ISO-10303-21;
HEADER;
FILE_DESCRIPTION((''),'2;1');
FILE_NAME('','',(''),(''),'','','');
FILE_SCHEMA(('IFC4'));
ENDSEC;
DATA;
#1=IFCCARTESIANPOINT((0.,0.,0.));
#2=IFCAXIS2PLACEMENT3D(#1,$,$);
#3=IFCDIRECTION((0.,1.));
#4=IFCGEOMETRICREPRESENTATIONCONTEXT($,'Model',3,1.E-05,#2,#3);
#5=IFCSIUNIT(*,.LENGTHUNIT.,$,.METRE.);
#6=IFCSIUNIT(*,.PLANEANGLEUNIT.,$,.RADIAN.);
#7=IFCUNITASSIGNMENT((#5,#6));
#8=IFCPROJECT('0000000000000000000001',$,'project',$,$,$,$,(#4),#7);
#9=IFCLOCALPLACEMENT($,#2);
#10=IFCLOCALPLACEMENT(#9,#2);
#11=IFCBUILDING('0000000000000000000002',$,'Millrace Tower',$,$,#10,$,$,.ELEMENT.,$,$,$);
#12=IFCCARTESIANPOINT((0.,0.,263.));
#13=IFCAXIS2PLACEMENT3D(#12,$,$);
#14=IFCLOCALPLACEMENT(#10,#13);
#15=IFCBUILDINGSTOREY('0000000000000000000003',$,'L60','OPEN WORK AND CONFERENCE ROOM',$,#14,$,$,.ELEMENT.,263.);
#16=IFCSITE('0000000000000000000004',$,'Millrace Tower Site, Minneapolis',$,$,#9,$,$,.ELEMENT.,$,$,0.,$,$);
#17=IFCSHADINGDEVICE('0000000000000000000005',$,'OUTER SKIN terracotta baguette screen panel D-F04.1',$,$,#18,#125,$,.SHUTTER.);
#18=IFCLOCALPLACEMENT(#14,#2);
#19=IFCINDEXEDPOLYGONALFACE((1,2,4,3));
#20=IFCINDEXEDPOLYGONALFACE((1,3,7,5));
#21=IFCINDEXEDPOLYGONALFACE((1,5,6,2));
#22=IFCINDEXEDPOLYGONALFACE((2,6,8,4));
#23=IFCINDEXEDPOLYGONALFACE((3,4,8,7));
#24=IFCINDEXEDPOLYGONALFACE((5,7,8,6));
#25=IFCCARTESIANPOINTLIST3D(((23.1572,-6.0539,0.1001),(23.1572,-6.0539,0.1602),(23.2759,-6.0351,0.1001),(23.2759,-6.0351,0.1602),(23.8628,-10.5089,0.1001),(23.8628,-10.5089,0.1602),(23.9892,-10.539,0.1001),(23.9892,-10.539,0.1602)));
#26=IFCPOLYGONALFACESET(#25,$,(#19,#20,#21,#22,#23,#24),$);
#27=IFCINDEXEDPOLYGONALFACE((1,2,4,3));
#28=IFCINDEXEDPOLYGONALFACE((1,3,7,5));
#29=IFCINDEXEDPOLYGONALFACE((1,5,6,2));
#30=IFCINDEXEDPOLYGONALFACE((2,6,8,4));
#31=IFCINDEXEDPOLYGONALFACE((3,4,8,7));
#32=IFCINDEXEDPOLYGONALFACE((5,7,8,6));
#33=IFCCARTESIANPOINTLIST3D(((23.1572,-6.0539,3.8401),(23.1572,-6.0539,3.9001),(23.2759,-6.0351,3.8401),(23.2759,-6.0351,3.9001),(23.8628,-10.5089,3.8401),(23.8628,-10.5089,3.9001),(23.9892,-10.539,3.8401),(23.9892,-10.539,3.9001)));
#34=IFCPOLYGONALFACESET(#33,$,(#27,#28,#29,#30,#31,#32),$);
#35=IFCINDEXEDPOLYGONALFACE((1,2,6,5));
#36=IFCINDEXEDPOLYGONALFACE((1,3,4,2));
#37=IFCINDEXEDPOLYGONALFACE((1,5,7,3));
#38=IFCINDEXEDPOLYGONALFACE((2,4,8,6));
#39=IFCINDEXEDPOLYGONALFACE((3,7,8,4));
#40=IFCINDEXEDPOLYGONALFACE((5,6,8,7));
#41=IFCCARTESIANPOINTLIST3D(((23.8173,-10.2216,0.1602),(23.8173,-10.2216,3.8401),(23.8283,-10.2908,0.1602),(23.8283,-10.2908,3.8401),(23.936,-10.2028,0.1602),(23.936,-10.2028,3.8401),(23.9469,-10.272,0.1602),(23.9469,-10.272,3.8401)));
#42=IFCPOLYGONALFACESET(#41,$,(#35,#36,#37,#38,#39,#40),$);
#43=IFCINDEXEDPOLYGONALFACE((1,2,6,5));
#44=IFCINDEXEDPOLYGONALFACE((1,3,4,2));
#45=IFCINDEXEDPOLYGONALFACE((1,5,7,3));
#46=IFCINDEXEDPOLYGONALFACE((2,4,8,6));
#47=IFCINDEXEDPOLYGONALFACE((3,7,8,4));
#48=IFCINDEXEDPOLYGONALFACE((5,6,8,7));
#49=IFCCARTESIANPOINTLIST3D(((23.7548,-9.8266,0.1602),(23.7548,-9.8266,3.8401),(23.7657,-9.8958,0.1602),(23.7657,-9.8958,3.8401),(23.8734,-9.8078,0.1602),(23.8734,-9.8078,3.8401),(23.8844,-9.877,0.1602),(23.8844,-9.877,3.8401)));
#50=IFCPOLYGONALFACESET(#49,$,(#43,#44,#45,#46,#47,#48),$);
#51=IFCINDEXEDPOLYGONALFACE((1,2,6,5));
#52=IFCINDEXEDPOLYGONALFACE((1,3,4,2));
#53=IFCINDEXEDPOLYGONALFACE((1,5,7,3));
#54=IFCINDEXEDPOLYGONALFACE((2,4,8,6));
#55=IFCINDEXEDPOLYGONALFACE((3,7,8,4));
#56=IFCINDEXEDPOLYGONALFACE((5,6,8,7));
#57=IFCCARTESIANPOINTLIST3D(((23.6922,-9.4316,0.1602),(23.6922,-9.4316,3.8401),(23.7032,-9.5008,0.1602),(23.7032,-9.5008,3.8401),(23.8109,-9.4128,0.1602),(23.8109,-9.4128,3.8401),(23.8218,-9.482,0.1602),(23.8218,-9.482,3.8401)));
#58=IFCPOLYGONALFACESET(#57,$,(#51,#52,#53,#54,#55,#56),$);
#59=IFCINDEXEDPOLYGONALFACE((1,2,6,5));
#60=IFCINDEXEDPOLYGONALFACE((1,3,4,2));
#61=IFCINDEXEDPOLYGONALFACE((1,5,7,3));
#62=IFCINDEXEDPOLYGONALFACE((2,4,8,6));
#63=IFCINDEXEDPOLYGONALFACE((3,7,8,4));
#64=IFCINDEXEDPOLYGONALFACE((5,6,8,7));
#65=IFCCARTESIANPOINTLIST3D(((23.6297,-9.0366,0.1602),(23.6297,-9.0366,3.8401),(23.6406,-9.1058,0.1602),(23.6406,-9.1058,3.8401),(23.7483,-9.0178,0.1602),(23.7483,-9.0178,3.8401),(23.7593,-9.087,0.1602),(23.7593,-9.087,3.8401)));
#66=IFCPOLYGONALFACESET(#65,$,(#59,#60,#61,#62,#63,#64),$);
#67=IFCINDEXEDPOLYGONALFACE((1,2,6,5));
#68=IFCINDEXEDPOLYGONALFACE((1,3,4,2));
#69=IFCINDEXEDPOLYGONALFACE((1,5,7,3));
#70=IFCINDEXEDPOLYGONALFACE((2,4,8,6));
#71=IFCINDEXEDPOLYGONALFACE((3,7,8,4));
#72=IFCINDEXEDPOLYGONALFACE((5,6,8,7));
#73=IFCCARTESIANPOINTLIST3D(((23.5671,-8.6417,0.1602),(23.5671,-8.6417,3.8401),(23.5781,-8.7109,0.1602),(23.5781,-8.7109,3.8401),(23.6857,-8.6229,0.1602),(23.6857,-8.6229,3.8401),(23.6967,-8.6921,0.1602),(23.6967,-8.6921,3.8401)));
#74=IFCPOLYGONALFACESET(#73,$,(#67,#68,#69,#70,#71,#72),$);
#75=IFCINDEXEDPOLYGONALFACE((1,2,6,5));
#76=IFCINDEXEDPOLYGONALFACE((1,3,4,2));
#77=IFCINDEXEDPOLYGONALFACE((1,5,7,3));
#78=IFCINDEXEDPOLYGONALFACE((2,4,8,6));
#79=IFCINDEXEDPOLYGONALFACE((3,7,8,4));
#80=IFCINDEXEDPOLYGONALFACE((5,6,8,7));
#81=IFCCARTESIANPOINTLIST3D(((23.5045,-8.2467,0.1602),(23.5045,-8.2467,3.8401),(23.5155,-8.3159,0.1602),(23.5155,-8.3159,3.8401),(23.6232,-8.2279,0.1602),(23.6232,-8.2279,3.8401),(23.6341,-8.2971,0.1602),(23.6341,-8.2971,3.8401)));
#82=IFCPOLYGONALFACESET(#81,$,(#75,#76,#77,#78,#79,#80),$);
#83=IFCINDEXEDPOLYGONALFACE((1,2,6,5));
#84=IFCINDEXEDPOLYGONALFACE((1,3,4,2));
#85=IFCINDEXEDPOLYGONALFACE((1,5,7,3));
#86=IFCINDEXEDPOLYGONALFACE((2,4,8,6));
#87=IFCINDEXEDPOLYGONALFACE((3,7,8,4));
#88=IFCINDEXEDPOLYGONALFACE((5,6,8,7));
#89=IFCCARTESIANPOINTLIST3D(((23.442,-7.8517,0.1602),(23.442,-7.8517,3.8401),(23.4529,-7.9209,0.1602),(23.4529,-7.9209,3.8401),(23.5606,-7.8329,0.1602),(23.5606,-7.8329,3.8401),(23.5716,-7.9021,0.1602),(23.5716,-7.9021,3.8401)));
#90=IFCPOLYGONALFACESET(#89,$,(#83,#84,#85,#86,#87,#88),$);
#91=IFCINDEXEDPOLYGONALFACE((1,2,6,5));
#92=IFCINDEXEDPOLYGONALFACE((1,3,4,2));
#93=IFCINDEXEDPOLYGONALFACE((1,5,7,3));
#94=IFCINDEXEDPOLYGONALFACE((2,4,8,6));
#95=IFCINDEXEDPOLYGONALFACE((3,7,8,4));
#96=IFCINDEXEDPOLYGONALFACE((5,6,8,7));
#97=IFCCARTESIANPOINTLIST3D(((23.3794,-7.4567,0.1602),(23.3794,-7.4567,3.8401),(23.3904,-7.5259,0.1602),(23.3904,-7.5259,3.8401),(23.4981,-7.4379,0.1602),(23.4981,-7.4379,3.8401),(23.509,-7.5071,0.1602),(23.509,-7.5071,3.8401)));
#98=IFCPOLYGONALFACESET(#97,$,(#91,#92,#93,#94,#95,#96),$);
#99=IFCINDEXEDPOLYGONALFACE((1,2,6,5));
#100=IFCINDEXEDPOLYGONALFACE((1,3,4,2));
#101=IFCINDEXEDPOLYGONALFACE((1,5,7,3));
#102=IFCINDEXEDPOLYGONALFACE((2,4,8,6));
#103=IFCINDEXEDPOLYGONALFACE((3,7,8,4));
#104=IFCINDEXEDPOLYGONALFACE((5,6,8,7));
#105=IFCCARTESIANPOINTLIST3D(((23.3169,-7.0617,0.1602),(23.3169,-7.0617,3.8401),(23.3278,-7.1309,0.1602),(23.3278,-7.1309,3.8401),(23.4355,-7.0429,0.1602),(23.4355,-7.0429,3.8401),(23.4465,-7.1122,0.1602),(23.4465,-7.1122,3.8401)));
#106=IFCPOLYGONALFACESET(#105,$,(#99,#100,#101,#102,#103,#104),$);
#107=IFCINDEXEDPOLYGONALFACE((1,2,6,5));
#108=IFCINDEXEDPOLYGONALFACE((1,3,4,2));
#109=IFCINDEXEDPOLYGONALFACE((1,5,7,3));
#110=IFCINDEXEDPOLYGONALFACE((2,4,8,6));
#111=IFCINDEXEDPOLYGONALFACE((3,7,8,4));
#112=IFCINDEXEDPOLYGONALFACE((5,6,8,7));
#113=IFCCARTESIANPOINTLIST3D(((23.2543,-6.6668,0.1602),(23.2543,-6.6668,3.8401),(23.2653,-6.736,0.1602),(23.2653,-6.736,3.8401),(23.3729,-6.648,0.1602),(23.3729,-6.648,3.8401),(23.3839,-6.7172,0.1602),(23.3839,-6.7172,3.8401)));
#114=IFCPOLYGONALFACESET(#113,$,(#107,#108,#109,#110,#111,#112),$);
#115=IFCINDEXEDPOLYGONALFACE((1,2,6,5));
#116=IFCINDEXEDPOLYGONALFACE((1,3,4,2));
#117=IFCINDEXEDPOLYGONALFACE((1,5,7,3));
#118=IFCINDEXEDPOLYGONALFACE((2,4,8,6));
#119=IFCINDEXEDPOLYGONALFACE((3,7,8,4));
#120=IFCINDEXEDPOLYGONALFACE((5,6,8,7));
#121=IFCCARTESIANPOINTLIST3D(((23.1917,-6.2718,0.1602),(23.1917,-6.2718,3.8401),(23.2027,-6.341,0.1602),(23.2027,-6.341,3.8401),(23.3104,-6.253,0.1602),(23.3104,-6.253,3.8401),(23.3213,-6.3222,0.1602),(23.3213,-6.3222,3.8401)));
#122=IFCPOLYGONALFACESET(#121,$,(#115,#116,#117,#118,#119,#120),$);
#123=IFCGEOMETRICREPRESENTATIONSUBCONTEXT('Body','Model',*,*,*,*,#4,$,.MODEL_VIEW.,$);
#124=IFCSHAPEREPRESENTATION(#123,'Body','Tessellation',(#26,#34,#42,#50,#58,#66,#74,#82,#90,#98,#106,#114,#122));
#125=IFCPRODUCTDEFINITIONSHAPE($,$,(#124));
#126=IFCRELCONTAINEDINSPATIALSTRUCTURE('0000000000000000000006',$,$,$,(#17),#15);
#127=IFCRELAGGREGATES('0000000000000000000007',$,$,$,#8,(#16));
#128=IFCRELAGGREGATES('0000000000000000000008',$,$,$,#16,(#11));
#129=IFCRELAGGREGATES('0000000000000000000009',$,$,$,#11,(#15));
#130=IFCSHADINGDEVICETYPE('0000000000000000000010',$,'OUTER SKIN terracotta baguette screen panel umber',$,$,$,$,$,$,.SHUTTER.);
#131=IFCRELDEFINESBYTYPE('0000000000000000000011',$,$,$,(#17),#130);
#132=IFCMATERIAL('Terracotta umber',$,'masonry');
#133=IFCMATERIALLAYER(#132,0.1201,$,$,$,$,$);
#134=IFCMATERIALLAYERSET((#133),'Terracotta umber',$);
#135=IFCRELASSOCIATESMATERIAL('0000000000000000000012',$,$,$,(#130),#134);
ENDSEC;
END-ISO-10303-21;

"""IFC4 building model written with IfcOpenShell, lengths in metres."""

from ifc_helpers import new_model, entity, si_unit, direction, frame, frame_2d, origin, place, context, subcontext, project, spatial, rectangle, extrude, source, transform, mapped, material, layer, layer_set, type_object, element, save


model = new_model("IFC4")

# Units and contexts
model_context = context("Model", 3, precision=1e-05, world=origin(), true_north=direction((0.0, 1.0)))
body_context = subcontext(model_context, "Body", "Model", "MODEL_VIEW")
ifc_project = project(units=[si_unit("LENGTHUNIT", "METRE"), si_unit("PLANEANGLEUNIT", "RADIAN")], contexts=[model_context])

# Site, building, storey
site_placement = place(None, origin())
site = spatial("IfcSite", under=ifc_project, at=site_placement, Name="Millrace Tower Site, Minneapolis", CompositionType="ELEMENT", RefElevation=0.0)
building_placement = place(site_placement, origin())
building = spatial("IfcBuilding", under=site, at=building_placement, Name="Millrace Tower", CompositionType="ELEMENT")
storey_placement = place(building_placement, frame((0.0, 0.0, 263.0)))
storey = spatial("IfcBuildingStorey", under=building, at=storey_placement, Name="L60", Description="OPEN WORK AND CONFERENCE ROOM", CompositionType="ELEMENT", Elevation=263.0)

# Shading device
ifc_material_1 = material(Name="Terracotta umber", Category="masonry")
ifc_layer_1 = layer(ifc_material_1, 0.1201)
ifc_layer_set_1 = layer_set([ifc_layer_1], Name="Terracotta umber")
shading_device_type = type_object("IfcShadingDeviceType", Name="OUTER SKIN terracotta baguette screen panel umber", PredefinedType="SHUTTER", material=ifc_layer_set_1)
cartesian_point_1 = entity("IfcCartesianPoint", [-2.2429, 0.0601])
shared_polyline_1 = entity("IfcPolyline", [cartesian_point_1, entity("IfcCartesianPoint", [2.2676, 0.0601]), entity("IfcCartesianPoint", [2.2676, -0.0601]), entity("IfcCartesianPoint", [-2.2925, -0.0601]), cartesian_point_1])
shared_shape_1 = source(origin(), body_context, "Body", "SweptSolid", [
    entity("IfcExtrudedAreaSolid", entity("IfcArbitraryClosedProfileDef", "AREA", None, shared_polyline_1), entity("IfcAxis2Placement3D", entity("IfcCartesianPoint", [0.0, 0.0, 0.0])), entity("IfcDirection", [0.0, 0.0, 1.0]), 0.0601),
    entity("IfcExtrudedAreaSolid", entity("IfcArbitraryClosedProfileDef", "AREA", None, shared_polyline_1), entity("IfcAxis2Placement3D", entity("IfcCartesianPoint", [0.0, 0.0, 3.74])), entity("IfcDirection", [0.0, 0.0, 1.0]), 0.0601),
    extrude(rectangle(XDim=0.0701, YDim=0.1201, at=frame_2d((-1.9871, 0.0))), frame((0.0, 0.0, 0.0601)), (0.0, 0.0, 1.0), 3.6799),
    extrude(rectangle(XDim=0.0701, YDim=0.1201, at=frame_2d((-1.5872, 0.0))), frame((0.0, 0.0, 0.0601)), (0.0, 0.0, 1.0), 3.6799),
    extrude(rectangle(XDim=0.0701, YDim=0.1201, at=frame_2d((-1.1873, 0.0))), frame((0.0, 0.0, 0.0601)), (0.0, 0.0, 1.0), 3.6799),
    extrude(rectangle(XDim=0.0701, YDim=0.1201, at=frame_2d((-0.7874, 0.0))), frame((0.0, 0.0, 0.0601)), (0.0, 0.0, 1.0), 3.6799),
    extrude(rectangle(XDim=0.0701, YDim=0.1201, at=frame_2d((-0.3875, 0.0))), frame((0.0, 0.0, 0.0601)), (0.0, 0.0, 1.0), 3.6799),
    extrude(rectangle(XDim=0.0701, YDim=0.1201, at=frame_2d((0.0125, 0.0))), frame((0.0, 0.0, 0.0601)), (0.0, 0.0, 1.0), 3.6799),
    extrude(rectangle(XDim=0.0701, YDim=0.1201, at=frame_2d((0.4124, 0.0))), frame((0.0, 0.0, 0.0601)), (0.0, 0.0, 1.0), 3.6799),
    extrude(rectangle(XDim=0.0701, YDim=0.1201, at=frame_2d((0.8123, 0.0))), frame((0.0, 0.0, 0.0601)), (0.0, 0.0, 1.0), 3.6799),
    extrude(rectangle(XDim=0.0701, YDim=0.1201, at=frame_2d((1.2122, 0.0))), frame((0.0, 0.0, 0.0601)), (0.0, 0.0, 1.0), 3.6799),
    extrude(rectangle(XDim=0.0701, YDim=0.1201, at=frame_2d((1.6121, 0.0))), frame((0.0, 0.0, 0.0601)), (0.0, 0.0, 1.0), 3.6799),
    extrude(rectangle(XDim=0.0701, YDim=0.1201, at=frame_2d((2.012, 0.0))), frame((0.0, 0.0, 0.0601)), (0.0, 0.0, 1.0), 3.6799),
])
shading_device_1_placement = place(storey_placement, frame((23.5713, -8.2842, 0.1001), z_axis=(0.0, 0.0, 1.0), x_axis=(-0.156434, 0.987688, 0.0)))
element("IfcShadingDevice", 1, at=shading_device_1_placement, inside=storey, type_object=shading_device_type, Name="OUTER SKIN terracotta baguette screen panel D-F04.1", PredefinedType="SHUTTER", context=body_context, shape_type="MappedRepresentation", body=[
    mapped(shared_shape_1, transform((0.0, 0.0, 0.0), scale=1.0)),
])

save(model, "model.ifc")
